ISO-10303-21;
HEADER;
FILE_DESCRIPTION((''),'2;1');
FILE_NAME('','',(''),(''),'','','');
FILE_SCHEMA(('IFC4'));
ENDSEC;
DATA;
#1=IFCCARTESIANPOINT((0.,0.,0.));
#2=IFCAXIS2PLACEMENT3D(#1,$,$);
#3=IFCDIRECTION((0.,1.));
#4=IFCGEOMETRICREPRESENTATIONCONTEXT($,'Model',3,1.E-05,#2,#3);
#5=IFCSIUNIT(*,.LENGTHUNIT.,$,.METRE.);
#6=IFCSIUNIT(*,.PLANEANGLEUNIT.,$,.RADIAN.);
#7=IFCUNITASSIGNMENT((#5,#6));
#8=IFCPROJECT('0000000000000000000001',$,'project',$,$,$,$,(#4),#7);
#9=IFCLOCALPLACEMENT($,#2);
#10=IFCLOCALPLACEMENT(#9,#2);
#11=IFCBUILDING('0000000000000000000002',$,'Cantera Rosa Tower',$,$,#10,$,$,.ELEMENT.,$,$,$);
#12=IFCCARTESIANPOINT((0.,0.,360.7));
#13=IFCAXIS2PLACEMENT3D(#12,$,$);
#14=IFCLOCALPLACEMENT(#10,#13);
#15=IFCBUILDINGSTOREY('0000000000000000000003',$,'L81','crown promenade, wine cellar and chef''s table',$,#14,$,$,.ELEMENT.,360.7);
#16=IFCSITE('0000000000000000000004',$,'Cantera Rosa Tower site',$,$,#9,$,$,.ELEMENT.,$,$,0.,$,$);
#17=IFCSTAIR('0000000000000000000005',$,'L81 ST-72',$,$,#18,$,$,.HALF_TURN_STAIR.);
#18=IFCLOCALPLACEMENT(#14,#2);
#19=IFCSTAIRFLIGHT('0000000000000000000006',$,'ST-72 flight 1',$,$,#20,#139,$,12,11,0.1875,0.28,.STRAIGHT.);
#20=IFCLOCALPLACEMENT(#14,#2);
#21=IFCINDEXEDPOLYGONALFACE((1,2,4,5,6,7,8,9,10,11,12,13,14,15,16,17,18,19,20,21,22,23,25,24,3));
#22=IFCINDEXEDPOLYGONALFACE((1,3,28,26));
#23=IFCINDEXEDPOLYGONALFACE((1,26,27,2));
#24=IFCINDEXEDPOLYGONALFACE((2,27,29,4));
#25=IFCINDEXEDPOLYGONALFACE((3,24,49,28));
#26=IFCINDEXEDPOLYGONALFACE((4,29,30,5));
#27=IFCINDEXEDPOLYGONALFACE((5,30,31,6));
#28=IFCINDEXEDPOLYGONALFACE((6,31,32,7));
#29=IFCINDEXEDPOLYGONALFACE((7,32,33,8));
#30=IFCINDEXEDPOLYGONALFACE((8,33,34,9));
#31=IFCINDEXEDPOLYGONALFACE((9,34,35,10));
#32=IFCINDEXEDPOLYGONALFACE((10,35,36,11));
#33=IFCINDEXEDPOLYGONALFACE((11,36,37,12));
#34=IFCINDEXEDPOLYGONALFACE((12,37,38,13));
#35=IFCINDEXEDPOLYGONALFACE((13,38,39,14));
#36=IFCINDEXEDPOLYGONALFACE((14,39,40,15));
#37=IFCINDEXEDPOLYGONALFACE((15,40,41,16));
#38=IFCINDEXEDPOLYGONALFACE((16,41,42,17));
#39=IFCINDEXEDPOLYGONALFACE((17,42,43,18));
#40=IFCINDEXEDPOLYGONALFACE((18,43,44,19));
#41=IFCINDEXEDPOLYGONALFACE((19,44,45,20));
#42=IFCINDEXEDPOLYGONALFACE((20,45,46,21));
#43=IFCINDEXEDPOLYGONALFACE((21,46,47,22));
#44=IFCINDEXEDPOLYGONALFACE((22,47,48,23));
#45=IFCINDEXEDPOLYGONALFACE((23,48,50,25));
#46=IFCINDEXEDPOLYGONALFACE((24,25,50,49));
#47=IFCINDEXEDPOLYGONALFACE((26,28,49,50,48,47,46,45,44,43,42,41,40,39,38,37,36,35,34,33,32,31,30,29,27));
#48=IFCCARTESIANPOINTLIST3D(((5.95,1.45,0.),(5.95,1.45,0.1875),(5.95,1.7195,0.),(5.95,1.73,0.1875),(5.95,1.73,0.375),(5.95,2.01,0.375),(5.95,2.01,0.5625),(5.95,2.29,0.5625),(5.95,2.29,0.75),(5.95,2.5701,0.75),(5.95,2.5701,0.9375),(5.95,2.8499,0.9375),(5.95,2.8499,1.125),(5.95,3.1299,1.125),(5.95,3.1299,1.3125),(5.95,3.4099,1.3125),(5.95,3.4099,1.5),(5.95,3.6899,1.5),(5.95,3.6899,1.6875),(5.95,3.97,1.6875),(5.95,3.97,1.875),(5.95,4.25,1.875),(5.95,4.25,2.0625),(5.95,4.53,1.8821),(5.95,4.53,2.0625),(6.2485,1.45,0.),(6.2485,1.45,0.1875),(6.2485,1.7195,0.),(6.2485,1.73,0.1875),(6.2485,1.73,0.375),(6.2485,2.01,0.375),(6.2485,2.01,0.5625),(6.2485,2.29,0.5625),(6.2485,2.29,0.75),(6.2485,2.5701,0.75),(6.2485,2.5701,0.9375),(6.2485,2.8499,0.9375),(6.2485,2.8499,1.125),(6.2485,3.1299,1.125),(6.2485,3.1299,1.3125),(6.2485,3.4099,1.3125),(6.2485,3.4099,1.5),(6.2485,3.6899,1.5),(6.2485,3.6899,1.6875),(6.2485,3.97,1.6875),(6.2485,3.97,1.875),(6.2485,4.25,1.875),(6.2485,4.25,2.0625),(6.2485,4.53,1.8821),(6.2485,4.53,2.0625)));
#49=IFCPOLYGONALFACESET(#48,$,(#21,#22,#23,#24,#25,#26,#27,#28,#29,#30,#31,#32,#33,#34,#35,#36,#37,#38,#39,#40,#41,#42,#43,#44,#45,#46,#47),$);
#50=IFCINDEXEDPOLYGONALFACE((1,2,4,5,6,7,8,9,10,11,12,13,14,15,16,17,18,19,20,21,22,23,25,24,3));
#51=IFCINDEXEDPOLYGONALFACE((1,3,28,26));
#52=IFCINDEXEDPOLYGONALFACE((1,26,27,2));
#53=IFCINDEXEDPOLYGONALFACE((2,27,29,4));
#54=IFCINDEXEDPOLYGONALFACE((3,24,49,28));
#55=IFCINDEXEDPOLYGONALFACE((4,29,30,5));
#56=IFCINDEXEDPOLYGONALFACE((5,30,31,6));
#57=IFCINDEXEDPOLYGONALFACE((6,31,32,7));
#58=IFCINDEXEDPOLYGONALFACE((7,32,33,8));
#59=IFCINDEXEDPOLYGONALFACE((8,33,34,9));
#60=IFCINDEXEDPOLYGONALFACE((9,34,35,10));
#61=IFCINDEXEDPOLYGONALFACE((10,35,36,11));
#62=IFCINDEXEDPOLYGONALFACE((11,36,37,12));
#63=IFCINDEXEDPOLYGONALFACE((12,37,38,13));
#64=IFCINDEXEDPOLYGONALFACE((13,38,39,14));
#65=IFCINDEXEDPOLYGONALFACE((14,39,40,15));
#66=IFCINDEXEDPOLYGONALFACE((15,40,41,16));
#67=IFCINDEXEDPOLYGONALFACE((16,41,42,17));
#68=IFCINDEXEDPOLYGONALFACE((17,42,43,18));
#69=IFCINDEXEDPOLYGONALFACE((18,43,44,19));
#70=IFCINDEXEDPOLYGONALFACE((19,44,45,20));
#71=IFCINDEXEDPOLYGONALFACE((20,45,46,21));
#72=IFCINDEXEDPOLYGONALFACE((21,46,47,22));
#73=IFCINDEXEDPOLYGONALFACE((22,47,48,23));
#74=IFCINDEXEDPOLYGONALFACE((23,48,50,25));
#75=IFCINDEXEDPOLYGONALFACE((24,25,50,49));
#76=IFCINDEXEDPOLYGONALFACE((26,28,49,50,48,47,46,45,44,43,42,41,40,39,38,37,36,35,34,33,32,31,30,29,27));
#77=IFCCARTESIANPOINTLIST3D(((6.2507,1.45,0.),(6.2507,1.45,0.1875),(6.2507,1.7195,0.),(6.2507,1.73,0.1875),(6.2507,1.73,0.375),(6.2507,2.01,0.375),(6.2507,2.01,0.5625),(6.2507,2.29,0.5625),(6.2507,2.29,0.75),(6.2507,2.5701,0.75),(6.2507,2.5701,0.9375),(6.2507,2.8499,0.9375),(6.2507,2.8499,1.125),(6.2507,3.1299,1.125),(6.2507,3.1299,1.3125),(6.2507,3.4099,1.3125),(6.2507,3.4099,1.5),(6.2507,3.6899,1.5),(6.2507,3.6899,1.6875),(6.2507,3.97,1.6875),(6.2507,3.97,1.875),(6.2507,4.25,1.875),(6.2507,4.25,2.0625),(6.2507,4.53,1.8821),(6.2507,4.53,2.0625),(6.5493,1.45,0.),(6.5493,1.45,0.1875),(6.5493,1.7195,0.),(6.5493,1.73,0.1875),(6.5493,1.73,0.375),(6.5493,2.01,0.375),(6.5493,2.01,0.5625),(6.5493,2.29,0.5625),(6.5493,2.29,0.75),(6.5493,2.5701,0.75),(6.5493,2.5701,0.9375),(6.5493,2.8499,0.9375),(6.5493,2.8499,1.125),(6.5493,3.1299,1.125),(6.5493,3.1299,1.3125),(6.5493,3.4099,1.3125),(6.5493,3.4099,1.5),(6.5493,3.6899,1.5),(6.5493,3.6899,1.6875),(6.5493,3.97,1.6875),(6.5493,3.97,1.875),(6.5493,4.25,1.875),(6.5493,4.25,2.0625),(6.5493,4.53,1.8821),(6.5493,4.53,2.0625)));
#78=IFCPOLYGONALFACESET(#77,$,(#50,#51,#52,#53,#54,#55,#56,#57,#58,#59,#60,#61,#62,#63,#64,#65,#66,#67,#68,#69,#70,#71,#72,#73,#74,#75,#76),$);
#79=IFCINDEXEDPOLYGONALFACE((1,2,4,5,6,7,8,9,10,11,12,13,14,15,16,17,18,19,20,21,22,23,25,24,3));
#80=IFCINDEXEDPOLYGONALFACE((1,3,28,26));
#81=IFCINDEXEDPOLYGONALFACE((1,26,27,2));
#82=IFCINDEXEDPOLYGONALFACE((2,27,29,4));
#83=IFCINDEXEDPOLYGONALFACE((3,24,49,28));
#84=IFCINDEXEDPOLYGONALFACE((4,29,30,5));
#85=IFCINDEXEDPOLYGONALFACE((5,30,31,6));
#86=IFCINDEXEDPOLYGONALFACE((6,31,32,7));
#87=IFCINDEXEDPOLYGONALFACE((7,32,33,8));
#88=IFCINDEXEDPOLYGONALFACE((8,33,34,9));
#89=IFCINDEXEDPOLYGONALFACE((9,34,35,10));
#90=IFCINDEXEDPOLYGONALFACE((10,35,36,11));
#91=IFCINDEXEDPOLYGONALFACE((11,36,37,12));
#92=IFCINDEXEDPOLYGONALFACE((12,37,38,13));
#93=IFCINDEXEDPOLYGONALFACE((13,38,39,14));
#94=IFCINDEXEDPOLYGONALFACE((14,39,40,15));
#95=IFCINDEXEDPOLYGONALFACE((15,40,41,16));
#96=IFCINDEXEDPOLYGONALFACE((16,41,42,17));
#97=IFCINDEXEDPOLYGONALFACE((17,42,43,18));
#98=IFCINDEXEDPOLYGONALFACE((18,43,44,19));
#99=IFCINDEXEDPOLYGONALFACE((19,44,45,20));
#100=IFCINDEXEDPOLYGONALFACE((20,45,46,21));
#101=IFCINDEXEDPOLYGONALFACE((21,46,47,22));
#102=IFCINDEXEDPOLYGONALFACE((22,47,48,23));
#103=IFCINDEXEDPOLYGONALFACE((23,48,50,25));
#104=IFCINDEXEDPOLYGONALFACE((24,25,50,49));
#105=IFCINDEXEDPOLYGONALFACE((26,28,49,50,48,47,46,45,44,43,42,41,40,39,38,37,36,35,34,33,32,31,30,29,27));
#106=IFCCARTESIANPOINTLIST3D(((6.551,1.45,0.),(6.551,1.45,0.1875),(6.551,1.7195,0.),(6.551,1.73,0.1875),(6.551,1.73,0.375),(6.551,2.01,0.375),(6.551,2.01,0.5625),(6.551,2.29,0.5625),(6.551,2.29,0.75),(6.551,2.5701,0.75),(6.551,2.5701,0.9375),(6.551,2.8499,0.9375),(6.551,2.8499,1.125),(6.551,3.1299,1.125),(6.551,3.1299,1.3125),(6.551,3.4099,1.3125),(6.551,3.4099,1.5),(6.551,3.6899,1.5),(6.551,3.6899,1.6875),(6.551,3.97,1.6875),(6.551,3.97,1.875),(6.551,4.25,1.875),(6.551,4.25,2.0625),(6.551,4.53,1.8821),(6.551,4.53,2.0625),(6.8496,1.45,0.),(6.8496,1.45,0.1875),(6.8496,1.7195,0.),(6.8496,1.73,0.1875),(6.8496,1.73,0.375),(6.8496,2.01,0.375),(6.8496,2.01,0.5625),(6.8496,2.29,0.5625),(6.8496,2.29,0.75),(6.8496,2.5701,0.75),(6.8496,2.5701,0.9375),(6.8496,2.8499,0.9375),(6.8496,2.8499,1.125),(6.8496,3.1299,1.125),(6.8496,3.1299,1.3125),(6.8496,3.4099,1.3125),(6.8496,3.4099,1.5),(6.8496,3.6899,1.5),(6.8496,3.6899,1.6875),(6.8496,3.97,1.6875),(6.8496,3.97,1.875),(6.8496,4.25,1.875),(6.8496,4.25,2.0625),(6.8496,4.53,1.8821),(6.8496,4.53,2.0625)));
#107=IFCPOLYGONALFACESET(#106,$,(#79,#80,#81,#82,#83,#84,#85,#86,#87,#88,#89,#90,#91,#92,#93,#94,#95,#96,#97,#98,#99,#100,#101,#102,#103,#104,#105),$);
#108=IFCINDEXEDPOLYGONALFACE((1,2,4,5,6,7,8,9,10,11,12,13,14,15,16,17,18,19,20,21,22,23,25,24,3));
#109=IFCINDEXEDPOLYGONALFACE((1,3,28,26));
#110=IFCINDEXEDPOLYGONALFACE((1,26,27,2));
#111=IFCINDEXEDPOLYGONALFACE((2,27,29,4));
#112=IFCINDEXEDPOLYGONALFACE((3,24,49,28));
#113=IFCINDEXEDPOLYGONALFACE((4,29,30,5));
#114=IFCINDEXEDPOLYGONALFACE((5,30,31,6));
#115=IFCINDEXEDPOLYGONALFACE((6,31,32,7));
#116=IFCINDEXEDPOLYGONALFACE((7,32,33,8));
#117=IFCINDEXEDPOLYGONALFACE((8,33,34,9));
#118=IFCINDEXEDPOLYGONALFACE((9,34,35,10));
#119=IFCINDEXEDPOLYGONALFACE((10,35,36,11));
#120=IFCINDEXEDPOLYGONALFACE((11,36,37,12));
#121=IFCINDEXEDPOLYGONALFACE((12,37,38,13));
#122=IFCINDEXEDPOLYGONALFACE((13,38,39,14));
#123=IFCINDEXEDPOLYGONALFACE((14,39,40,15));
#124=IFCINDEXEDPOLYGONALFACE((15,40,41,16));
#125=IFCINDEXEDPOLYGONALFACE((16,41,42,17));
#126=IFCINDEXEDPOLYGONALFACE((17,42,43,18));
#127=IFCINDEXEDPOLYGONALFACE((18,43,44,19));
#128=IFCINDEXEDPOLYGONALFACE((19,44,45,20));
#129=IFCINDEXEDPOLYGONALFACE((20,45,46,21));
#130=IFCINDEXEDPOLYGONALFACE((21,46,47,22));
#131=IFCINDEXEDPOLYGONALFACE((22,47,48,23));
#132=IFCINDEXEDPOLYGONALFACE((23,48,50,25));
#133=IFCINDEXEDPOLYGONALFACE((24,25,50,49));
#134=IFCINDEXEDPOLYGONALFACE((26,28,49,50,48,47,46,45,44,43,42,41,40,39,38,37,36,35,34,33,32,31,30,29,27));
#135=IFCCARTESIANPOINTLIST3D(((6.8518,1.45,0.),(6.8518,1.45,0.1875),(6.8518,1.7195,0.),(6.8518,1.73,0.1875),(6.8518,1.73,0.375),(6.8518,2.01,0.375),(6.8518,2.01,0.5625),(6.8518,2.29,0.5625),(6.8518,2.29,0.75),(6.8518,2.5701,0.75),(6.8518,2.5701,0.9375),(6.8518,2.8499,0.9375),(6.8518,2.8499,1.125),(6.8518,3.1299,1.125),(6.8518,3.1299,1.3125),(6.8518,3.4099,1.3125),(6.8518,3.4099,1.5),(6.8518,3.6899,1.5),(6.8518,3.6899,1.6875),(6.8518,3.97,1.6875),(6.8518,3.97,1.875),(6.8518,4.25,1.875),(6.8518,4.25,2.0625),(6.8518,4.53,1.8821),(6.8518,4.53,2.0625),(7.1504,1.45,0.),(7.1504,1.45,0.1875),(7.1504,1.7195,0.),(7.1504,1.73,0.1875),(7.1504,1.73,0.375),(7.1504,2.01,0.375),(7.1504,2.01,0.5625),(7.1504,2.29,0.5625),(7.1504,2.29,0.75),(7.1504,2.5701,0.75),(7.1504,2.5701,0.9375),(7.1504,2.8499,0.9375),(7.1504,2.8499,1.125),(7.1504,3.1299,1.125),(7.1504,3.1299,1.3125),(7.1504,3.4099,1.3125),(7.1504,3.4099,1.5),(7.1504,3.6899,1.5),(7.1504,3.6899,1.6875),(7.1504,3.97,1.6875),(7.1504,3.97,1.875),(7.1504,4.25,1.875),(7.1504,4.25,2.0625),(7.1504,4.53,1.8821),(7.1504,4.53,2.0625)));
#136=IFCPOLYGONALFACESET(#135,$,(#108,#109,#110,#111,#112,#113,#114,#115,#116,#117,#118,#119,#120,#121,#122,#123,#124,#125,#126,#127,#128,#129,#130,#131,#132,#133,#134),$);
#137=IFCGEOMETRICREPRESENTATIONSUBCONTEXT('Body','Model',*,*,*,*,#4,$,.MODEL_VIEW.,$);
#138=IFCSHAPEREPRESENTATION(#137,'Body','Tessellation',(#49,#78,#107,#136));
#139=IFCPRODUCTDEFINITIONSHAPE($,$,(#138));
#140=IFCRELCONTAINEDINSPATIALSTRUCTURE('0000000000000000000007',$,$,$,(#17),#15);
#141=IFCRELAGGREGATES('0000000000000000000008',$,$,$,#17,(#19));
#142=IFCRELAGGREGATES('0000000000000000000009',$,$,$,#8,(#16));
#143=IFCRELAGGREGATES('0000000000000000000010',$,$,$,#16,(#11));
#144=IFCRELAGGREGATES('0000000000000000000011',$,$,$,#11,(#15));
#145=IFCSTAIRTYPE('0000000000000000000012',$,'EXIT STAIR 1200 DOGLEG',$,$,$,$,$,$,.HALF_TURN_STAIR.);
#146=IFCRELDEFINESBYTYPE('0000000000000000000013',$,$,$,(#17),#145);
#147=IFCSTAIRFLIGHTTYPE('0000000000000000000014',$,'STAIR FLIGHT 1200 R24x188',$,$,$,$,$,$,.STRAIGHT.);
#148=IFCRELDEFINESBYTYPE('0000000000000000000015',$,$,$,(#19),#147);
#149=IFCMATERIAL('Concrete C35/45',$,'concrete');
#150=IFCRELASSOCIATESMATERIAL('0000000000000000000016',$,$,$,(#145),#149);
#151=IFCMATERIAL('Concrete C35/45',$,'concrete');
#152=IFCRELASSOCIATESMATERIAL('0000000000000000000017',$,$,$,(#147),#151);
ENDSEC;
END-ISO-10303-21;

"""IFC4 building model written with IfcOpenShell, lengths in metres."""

from ifc_helpers import new_model, si_unit, direction, frame, origin, place, context, subcontext, project, spatial, polyline, outline, extrude, material, type_object, element, aggregate, save


model = new_model("IFC4")

# Units and contexts
model_context = context("Model", 3, precision=1e-05, world=origin(), true_north=direction((0.0, 1.0)))
body_context = subcontext(model_context, "Body", "Model", "MODEL_VIEW")
ifc_project = project(units=[si_unit("LENGTHUNIT", "METRE"), si_unit("PLANEANGLEUNIT", "RADIAN")], contexts=[model_context])

# Site, building, storey
site_placement = place(None, origin())
site = spatial("IfcSite", under=ifc_project, at=site_placement, Name="Cantera Rosa Tower site", CompositionType="ELEMENT", RefElevation=0.0)
building_placement = place(site_placement, origin())
building = spatial("IfcBuilding", under=site, at=building_placement, Name="Cantera Rosa Tower", CompositionType="ELEMENT")
storey_placement = place(building_placement, frame((0.0, 0.0, 360.7)))
storey = spatial("IfcBuildingStorey", under=building, at=storey_placement, Name="L81", Description="crown promenade, wine cellar and chef's table", CompositionType="ELEMENT", Elevation=360.7)

# Stair, stair flight
ifc_material_1 = material(Name="Concrete C35/45", Category="concrete")
stair_type = type_object("IfcStairType", Name="EXIT STAIR 1200 DOGLEG", PredefinedType="HALF_TURN_STAIR", material=ifc_material_1)
stair_placement = place(storey_placement, origin())
stair = element("IfcStair", 1, at=stair_placement, inside=storey, type_object=stair_type, Name="L81 ST-72", PredefinedType="HALF_TURN_STAIR")
ifc_material_2 = material(Name="Concrete C35/45", Category="concrete")
stair_flight_type = type_object("IfcStairFlightType", Name="STAIR FLIGHT 1200 R24x188", PredefinedType="STRAIGHT", material=ifc_material_2)
stair_flight_1_placement = place(storey_placement, frame((6.55, 1.45, 0.0), z_axis=(0.0, 0.0, 1.0), x_axis=(0.0, 1.0, 0.0)))
stair_flight_1 = element("IfcStairFlight", 2, at=stair_flight_1_placement, type_object=stair_flight_type, Name="ST-72 flight 1", NumberOfRisers=12, NumberOfTreads=11, PredefinedType="STRAIGHT", RiserHeight=0.1875, TreadLength=0.28, context=body_context, shape_type="SweptSolid", body=[
    extrude(outline(polyline([(0.0, 0.0), (0.0, 0.1875), (0.28, 0.1875), (0.28, 0.375), (0.5601, 0.375), (0.5601, 0.5625), (0.8401, 0.5625), (0.8401, 0.75), (1.1201, 0.75), (1.1201, 0.9375), (1.3999, 0.9375), (1.3999, 1.125), (1.6799, 1.125), (1.6799, 1.3125), (1.96, 1.3125), (1.96, 1.5), (2.24, 1.5), (2.24, 1.6875), (2.52, 1.6875), (2.52, 1.875), (2.8, 1.875), (2.8, 2.0625), (3.0801, 2.0625), (3.0801, 2.25), (3.0801, 1.8821), (0.2695, 0.0), (0.0, 0.0)])), frame((0.0, 0.6001, 0.0), z_axis=(0.0, -1.0, 0.0), x_axis=(1.0, 0.0, 0.0)), (0.0, 0.0, 1.0), 0.2986),
    extrude(outline(polyline([(0.0, 0.0), (0.0, 0.1875), (0.28, 0.1875), (0.28, 0.375), (0.5601, 0.375), (0.5601, 0.5625), (0.8401, 0.5625), (0.8401, 0.75), (1.1201, 0.75), (1.1201, 0.9375), (1.3999, 0.9375), (1.3999, 1.125), (1.6799, 1.125), (1.6799, 1.3125), (1.96, 1.3125), (1.96, 1.5), (2.24, 1.5), (2.24, 1.6875), (2.52, 1.6875), (2.52, 1.875), (2.8, 1.875), (2.8, 2.0625), (3.0801, 2.0625), (3.0801, 2.25), (3.0801, 1.8821), (0.2695, 0.0), (0.0, 0.0)])), frame((0.0, 0.2993, 0.0), z_axis=(0.0, -1.0, 0.0), x_axis=(1.0, 0.0, 0.0)), (0.0, 0.0, 1.0), 0.2986),
    extrude(outline(polyline([(0.0, 0.0), (0.0, 0.1875), (0.28, 0.1875), (0.28, 0.375), (0.5601, 0.375), (0.5601, 0.5625), (0.8401, 0.5625), (0.8401, 0.75), (1.1201, 0.75), (1.1201, 0.9375), (1.3999, 0.9375), (1.3999, 1.125), (1.6799, 1.125), (1.6799, 1.3125), (1.96, 1.3125), (1.96, 1.5), (2.24, 1.5), (2.24, 1.6875), (2.52, 1.6875), (2.52, 1.875), (2.8, 1.875), (2.8, 2.0625), (3.0801, 2.0625), (3.0801, 2.25), (3.0801, 1.8821), (0.2695, 0.0), (0.0, 0.0)])), frame((0.0, -0.001, 0.0), z_axis=(0.0, -1.0, 0.0), x_axis=(1.0, 0.0, 0.0)), (0.0, 0.0, 1.0), 0.2986),
    extrude(outline(polyline([(0.0, 0.0), (0.0, 0.1875), (0.28, 0.1875), (0.28, 0.375), (0.5601, 0.375), (0.5601, 0.5625), (0.8401, 0.5625), (0.8401, 0.75), (1.1201, 0.75), (1.1201, 0.9375), (1.3999, 0.9375), (1.3999, 1.125), (1.6799, 1.125), (1.6799, 1.3125), (1.96, 1.3125), (1.96, 1.5), (2.24, 1.5), (2.24, 1.6875), (2.52, 1.6875), (2.52, 1.875), (2.8, 1.875), (2.8, 2.0625), (3.0801, 2.0625), (3.0801, 2.25), (3.0801, 1.8821), (0.2695, 0.0), (0.0, 0.0)])), frame((0.0, -0.3018, 0.0), z_axis=(0.0, -1.0, 0.0), x_axis=(1.0, 0.0, 0.0)), (0.0, 0.0, 1.0), 0.2986),
])
aggregate(stair, [stair_flight_1])

save(model, "model.ifc")
